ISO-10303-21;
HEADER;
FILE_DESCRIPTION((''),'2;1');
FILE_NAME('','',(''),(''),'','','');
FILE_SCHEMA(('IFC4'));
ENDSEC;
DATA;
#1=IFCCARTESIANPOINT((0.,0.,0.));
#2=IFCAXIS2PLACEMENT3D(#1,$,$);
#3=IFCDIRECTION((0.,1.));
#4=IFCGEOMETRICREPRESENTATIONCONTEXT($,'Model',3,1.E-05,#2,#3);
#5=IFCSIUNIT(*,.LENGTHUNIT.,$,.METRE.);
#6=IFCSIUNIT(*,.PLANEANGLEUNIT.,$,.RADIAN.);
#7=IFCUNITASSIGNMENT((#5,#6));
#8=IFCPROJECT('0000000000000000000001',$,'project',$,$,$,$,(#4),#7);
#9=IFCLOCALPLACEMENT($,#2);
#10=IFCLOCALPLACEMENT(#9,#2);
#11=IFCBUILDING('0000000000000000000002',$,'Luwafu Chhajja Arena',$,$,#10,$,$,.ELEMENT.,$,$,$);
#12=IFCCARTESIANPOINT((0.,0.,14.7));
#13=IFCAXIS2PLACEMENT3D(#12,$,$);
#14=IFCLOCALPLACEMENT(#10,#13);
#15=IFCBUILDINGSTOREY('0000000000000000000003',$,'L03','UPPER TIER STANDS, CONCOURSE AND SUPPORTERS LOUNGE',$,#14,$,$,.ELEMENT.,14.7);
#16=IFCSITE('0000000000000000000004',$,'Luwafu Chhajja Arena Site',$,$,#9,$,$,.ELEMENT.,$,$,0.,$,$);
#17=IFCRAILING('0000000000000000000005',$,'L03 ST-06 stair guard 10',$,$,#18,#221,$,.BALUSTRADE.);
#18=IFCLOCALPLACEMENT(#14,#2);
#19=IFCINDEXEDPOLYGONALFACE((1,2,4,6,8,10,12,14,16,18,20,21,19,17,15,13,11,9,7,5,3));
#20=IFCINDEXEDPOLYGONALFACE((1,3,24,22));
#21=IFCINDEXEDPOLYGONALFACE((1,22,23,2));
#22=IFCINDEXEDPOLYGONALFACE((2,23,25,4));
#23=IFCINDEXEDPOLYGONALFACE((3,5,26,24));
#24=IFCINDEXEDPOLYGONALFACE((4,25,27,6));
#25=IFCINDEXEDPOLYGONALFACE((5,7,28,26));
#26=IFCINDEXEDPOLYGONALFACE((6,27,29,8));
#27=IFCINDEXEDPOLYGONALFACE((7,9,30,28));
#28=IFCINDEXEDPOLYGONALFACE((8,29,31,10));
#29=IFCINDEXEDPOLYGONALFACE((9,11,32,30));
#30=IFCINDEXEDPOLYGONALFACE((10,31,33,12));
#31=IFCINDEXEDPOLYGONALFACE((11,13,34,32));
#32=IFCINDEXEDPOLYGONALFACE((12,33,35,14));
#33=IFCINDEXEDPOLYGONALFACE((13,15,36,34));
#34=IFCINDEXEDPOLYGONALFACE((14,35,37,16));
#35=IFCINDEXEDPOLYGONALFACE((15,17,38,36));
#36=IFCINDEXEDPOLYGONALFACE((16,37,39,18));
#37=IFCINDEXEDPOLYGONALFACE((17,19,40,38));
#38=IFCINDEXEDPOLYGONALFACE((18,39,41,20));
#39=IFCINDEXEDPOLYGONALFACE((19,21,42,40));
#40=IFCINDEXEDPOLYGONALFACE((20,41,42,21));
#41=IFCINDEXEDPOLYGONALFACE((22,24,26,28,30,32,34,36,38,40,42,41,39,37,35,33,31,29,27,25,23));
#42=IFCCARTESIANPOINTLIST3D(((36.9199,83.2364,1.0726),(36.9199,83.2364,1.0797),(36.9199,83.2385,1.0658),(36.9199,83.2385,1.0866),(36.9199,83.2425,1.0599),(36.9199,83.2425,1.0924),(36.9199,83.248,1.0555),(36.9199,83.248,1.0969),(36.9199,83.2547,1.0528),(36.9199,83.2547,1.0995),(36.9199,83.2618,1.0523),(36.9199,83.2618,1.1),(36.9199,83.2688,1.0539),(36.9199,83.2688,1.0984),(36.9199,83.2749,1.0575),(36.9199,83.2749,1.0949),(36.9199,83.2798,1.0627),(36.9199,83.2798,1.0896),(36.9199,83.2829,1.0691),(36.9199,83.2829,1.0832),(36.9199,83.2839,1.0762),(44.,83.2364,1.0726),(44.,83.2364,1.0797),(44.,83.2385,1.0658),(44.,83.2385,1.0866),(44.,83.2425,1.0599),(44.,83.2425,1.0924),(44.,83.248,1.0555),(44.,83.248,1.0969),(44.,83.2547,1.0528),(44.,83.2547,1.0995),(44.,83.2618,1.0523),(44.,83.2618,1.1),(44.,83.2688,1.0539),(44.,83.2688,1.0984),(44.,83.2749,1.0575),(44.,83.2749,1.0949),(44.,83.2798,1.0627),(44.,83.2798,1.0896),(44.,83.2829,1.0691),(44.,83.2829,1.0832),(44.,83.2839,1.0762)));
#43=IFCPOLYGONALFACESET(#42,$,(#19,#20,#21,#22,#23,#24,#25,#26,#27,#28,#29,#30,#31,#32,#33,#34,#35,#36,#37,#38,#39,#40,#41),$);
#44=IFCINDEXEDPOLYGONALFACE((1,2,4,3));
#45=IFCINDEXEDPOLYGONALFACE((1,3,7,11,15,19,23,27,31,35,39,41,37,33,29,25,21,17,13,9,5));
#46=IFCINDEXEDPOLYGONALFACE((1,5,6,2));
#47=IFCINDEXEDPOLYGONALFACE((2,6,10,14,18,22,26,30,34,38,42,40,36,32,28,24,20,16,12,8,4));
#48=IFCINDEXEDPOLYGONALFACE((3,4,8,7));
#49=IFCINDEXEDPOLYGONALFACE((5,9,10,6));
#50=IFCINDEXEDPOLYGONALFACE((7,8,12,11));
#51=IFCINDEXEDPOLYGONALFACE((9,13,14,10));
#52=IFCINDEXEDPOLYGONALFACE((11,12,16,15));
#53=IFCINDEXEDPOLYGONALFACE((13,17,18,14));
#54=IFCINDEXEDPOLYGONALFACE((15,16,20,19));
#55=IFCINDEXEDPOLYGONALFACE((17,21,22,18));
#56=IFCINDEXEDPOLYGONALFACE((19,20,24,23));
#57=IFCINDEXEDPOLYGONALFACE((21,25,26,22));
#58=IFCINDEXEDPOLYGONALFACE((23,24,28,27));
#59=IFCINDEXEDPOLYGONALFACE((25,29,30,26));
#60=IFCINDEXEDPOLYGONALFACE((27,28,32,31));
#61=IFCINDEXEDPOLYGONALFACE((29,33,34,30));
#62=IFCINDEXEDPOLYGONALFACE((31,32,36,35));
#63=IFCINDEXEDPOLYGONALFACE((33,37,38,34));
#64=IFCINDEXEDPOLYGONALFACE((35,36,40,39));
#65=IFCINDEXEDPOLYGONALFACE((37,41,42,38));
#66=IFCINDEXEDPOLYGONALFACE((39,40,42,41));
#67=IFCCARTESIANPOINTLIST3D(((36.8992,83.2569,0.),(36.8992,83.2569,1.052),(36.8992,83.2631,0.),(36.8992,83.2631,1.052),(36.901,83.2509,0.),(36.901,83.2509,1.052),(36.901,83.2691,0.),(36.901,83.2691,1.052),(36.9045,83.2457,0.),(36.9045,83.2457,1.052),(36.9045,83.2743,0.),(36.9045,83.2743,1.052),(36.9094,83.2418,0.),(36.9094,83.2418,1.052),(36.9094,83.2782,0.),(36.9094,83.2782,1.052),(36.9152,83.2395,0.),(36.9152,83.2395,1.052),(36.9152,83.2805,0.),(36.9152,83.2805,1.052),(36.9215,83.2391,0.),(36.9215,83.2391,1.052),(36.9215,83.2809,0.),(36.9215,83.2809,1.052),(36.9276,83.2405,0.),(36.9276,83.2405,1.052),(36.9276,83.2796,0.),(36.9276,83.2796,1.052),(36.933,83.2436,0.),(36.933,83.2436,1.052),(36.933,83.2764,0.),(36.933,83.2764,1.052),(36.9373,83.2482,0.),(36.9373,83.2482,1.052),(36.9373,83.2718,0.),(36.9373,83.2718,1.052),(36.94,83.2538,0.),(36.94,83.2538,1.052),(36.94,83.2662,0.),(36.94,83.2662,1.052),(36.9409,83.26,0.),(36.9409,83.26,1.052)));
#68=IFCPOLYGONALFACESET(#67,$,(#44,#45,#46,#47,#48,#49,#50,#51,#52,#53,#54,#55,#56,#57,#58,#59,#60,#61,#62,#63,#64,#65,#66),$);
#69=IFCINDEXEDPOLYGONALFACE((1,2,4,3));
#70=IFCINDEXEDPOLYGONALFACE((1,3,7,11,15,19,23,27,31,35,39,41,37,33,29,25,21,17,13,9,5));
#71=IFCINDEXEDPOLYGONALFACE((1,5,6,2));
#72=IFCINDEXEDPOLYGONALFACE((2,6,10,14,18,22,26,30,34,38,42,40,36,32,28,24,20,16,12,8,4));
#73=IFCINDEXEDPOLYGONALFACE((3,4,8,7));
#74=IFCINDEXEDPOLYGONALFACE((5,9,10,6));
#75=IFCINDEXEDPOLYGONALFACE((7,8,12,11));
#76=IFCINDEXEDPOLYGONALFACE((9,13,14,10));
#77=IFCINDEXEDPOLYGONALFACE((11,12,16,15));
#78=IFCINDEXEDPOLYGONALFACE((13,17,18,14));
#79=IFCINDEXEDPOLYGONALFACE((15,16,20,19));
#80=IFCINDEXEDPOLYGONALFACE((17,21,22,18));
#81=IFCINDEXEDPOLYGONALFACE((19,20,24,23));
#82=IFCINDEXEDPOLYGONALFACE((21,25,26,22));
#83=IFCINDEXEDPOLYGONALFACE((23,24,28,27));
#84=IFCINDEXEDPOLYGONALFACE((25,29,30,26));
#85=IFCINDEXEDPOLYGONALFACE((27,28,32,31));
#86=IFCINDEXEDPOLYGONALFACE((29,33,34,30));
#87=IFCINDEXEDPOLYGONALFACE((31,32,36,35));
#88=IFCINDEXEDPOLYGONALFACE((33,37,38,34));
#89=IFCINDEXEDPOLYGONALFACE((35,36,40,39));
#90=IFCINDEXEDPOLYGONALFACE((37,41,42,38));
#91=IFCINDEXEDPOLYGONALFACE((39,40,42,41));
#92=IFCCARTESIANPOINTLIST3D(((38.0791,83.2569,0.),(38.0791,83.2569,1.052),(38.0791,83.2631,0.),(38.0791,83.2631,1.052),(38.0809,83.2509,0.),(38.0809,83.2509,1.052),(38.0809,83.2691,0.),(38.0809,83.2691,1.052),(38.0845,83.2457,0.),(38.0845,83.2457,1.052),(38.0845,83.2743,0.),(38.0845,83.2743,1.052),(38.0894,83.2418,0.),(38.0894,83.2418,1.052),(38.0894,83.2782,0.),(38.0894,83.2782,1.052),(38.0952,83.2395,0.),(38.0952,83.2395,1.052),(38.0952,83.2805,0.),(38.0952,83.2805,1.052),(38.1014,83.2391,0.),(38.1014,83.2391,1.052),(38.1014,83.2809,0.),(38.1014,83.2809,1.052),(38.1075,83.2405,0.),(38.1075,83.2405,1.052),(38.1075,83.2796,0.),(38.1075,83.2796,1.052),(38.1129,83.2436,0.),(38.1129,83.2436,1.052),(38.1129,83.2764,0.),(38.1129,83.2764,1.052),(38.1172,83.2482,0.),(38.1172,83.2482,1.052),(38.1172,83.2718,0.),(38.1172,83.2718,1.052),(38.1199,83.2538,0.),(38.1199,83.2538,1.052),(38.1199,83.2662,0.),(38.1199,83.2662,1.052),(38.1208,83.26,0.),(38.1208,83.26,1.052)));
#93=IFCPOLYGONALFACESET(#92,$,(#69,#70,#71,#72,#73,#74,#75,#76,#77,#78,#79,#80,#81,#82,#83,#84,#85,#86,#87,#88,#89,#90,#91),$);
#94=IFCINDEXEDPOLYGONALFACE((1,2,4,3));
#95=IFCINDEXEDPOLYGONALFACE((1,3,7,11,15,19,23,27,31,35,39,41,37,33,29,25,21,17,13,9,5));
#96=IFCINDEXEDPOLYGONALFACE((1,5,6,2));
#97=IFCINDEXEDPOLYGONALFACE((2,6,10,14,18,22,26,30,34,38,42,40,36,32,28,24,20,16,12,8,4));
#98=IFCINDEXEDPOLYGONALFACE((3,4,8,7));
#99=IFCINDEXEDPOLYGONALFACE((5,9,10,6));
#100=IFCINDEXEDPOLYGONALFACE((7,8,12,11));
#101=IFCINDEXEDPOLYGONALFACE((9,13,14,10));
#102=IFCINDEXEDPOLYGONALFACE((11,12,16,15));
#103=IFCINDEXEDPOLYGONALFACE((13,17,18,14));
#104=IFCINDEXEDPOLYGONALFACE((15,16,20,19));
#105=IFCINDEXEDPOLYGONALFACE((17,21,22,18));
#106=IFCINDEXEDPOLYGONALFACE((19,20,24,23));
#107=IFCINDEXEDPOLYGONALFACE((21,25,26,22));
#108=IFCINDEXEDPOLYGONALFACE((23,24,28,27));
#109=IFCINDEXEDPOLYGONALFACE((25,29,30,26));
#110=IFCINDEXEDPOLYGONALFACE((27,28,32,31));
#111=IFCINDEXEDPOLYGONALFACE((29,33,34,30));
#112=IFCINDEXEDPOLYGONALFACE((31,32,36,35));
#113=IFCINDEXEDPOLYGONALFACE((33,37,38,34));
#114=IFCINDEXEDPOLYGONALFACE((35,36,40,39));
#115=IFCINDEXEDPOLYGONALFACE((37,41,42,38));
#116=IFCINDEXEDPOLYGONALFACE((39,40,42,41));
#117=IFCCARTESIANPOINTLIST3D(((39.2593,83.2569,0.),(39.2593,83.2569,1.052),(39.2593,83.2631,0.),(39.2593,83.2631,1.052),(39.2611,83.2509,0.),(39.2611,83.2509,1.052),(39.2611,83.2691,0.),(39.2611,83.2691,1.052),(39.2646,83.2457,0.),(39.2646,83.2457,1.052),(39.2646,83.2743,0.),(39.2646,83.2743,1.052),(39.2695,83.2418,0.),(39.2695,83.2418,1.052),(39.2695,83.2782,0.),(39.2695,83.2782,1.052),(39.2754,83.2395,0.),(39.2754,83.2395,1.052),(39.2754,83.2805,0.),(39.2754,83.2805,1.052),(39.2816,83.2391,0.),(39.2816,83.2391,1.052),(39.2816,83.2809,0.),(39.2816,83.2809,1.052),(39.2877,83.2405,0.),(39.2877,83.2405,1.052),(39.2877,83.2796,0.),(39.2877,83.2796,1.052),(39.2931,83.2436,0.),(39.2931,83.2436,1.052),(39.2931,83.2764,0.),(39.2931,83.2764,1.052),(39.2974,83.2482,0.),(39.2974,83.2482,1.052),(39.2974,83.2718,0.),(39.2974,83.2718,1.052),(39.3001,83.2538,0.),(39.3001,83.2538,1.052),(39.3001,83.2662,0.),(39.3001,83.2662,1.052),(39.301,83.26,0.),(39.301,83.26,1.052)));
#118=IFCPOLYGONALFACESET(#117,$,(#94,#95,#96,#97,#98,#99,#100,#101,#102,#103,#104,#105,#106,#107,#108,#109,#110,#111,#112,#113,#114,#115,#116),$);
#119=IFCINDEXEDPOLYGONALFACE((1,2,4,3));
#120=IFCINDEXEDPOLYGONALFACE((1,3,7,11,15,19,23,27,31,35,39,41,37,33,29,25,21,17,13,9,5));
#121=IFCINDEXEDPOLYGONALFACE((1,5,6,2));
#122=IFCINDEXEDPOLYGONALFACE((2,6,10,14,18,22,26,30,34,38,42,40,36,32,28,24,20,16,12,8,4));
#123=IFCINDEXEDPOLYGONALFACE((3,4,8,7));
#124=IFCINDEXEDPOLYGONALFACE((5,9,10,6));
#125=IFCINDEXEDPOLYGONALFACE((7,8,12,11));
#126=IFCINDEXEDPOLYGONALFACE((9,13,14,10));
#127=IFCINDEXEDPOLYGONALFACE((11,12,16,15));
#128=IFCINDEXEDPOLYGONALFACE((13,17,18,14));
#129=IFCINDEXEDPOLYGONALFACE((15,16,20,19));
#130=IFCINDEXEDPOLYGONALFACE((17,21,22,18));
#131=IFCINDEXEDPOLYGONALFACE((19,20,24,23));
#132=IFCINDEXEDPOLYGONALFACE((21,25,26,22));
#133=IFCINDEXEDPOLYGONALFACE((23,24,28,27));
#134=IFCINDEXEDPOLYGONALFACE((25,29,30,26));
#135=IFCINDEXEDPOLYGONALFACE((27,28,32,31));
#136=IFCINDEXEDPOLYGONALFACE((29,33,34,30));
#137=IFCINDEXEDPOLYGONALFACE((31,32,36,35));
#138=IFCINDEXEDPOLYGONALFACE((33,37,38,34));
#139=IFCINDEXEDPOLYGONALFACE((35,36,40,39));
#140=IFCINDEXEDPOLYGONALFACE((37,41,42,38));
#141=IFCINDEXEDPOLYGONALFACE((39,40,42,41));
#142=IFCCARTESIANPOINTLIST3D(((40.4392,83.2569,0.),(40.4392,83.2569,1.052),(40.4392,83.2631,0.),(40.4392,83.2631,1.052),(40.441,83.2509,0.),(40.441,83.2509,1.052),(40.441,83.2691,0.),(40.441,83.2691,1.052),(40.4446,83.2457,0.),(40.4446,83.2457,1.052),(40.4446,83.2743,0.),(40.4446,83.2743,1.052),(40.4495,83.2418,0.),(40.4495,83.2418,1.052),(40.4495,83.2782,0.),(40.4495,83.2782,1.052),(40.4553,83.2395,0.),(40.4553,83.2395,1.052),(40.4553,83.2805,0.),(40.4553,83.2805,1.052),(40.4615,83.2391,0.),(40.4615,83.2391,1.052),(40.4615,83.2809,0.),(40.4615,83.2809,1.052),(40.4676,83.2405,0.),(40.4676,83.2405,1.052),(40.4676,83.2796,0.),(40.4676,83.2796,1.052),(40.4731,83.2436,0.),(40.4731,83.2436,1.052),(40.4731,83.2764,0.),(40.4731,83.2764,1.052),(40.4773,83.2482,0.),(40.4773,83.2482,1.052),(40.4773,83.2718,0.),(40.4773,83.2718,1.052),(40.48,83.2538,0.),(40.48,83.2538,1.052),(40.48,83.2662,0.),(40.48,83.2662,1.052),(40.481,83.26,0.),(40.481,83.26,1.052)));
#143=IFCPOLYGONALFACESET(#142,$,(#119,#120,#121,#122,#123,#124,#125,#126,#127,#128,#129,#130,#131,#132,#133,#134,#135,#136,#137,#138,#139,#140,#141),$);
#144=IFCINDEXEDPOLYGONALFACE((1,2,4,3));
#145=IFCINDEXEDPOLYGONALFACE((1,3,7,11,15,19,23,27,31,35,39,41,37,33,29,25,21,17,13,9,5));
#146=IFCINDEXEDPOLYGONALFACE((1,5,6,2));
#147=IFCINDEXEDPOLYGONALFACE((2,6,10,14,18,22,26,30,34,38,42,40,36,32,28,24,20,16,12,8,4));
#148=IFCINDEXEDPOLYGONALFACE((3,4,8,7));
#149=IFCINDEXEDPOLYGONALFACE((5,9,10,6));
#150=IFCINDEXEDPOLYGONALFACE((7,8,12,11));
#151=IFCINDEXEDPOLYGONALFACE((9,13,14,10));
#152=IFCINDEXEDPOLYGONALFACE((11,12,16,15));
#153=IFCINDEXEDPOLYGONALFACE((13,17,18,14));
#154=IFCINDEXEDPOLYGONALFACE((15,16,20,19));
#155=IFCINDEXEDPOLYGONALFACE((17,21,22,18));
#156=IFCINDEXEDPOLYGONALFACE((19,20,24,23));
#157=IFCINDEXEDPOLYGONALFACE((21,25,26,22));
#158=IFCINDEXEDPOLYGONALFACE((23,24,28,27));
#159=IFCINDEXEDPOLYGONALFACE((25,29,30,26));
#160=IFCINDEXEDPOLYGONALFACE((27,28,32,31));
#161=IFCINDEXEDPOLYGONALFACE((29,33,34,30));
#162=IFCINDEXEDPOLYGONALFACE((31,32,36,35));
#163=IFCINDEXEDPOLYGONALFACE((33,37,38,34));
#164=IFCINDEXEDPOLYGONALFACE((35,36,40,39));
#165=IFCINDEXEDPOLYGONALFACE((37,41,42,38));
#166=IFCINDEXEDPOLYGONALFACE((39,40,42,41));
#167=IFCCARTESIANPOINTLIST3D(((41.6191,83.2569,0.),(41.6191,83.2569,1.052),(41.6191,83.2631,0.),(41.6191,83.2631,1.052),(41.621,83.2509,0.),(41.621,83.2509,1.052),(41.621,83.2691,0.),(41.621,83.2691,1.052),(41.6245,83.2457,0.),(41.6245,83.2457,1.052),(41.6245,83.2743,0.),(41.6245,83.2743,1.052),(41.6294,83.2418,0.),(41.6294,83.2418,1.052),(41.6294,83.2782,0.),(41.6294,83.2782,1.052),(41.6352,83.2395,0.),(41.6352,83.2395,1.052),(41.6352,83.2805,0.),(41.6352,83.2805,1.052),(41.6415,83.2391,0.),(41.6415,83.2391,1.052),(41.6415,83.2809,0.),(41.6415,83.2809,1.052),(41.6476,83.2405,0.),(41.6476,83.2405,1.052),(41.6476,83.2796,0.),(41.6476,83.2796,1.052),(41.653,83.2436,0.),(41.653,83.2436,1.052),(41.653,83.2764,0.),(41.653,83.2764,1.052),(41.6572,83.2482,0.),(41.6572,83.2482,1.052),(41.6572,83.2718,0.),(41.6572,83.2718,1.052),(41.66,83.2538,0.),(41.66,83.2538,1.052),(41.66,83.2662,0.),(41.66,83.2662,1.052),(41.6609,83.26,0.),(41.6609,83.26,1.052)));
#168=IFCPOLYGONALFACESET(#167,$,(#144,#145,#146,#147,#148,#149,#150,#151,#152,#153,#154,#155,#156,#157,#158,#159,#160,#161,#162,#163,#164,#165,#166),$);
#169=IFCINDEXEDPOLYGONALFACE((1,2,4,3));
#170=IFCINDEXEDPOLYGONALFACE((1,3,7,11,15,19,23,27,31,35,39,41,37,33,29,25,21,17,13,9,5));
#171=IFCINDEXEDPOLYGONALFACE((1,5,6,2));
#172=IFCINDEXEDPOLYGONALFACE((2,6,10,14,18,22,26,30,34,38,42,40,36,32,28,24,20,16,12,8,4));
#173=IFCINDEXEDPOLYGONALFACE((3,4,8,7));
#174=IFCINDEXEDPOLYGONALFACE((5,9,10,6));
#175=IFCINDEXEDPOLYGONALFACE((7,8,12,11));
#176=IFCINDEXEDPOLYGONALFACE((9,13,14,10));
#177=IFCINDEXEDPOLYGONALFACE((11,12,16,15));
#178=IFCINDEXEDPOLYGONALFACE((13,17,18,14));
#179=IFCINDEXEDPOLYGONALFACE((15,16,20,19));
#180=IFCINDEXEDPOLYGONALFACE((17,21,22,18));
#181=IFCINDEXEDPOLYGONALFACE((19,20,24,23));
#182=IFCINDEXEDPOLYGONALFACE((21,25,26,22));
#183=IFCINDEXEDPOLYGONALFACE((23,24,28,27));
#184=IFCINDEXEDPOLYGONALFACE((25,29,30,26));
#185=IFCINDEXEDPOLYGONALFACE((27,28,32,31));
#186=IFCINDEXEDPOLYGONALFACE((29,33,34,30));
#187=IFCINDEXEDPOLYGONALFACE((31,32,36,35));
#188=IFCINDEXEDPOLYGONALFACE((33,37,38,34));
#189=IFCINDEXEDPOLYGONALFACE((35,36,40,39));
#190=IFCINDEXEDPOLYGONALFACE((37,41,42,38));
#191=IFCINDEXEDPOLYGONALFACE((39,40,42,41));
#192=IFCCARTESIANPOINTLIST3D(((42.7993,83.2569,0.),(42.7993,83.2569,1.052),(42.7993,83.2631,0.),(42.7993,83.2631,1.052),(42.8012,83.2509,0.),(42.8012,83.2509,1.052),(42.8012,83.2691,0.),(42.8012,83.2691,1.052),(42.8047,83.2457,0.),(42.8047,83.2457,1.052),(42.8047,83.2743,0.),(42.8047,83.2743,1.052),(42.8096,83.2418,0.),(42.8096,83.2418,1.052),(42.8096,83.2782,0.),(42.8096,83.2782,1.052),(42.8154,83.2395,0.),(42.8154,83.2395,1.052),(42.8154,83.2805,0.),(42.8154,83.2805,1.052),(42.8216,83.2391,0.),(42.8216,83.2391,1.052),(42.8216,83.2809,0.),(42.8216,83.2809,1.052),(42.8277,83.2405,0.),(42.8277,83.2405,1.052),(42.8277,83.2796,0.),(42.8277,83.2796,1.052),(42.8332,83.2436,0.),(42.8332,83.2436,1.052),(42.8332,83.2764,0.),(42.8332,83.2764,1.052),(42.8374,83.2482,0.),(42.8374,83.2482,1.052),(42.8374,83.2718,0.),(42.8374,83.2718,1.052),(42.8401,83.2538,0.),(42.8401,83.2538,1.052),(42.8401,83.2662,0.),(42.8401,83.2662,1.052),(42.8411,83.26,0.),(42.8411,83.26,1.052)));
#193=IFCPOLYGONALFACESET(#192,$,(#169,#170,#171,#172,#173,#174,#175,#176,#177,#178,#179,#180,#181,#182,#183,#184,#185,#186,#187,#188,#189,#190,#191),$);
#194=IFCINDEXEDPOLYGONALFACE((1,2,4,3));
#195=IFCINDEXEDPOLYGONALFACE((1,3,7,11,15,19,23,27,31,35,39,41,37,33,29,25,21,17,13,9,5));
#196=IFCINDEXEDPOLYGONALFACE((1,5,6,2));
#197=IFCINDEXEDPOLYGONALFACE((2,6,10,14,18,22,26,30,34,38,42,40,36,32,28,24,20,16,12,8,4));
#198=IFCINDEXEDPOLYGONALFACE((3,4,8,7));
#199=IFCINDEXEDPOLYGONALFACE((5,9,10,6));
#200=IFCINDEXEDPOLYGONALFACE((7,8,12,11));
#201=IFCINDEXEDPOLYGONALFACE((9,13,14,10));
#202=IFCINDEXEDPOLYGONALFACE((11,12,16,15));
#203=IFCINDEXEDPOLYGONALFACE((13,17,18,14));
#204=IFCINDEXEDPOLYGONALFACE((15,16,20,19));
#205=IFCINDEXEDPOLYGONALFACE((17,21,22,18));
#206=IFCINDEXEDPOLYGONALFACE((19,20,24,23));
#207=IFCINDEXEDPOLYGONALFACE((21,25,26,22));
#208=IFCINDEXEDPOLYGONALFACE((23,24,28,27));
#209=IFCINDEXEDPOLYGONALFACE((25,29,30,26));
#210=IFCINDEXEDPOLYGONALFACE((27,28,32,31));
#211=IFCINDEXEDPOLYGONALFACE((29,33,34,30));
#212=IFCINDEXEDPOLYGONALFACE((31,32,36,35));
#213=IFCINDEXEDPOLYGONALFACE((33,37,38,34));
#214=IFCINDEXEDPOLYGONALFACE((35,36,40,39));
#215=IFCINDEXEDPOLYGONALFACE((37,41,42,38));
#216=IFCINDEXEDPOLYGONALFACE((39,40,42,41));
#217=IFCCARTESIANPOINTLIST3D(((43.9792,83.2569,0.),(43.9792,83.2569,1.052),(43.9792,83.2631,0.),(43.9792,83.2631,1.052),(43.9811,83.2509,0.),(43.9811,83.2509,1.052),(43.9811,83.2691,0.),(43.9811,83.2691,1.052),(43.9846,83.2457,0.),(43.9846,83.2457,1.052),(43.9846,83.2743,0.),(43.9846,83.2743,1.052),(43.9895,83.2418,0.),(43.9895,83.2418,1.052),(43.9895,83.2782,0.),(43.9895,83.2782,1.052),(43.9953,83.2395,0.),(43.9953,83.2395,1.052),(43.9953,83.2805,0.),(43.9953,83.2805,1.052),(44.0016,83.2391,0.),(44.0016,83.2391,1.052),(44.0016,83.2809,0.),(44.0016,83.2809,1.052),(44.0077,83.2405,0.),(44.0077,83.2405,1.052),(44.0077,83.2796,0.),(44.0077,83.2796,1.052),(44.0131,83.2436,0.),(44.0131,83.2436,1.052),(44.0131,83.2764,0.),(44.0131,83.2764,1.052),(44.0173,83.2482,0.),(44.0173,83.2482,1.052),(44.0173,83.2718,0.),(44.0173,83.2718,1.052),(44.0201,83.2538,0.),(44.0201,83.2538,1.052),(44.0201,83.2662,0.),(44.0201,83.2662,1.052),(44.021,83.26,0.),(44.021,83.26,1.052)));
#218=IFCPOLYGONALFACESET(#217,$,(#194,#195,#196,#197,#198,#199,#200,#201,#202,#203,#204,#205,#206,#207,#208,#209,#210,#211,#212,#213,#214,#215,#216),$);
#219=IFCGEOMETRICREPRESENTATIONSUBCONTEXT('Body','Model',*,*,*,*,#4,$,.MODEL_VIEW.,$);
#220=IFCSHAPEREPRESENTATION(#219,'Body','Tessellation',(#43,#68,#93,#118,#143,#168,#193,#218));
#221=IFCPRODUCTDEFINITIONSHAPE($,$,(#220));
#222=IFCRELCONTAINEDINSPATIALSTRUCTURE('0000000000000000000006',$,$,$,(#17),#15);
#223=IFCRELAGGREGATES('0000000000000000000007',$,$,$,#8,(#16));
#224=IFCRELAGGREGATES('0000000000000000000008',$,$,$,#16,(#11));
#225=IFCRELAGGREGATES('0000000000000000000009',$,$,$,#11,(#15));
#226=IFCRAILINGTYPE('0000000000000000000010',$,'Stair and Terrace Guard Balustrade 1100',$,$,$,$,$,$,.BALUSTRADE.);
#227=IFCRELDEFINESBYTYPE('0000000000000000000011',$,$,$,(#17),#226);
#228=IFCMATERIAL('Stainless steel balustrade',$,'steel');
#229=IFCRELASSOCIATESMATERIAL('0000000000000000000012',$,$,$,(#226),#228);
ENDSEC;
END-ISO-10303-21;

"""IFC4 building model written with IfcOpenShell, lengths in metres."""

from ifc_helpers import new_model, si_unit, direction, frame, origin, origin_2d, place, context, subcontext, project, spatial, circle, extrude, material, type_object, element, save


model = new_model("IFC4")

# Units and contexts
model_context = context("Model", 3, precision=1e-05, world=origin(), true_north=direction((0.0, 1.0)))
body_context = subcontext(model_context, "Body", "Model", "MODEL_VIEW")
ifc_project = project(units=[si_unit("LENGTHUNIT", "METRE"), si_unit("PLANEANGLEUNIT", "RADIAN")], contexts=[model_context])

# Site, building, storey
site_placement = place(None, origin())
site = spatial("IfcSite", under=ifc_project, at=site_placement, Name="Luwafu Chhajja Arena Site", CompositionType="ELEMENT", RefElevation=0.0)
building_placement = place(site_placement, origin())
building = spatial("IfcBuilding", under=site, at=building_placement, Name="Luwafu Chhajja Arena", CompositionType="ELEMENT")
storey_placement = place(building_placement, frame((0.0, 0.0, 14.7)))
storey = spatial("IfcBuildingStorey", under=building, at=storey_placement, Name="L03", Description="UPPER TIER STANDS, CONCOURSE AND SUPPORTERS LOUNGE", CompositionType="ELEMENT", Elevation=14.7)

# Railing
ifc_material_1 = material(Name="Stainless steel balustrade", Category="steel")
railing_type_1 = type_object("IfcRailingType", Name="Stair and Terrace Guard Balustrade 1100", PredefinedType="BALUSTRADE", material=ifc_material_1)
railing_1_placement = place(storey_placement, frame((36.9199, 83.26, 0.0)))
element("IfcRailing", 1, at=railing_1_placement, inside=storey, type_object=railing_type_1, Name="L03 ST-06 stair guard 10", PredefinedType="BALUSTRADE", context=body_context, shape_type="SweptSolid", body=[
    extrude(circle(Radius=0.0239, at=origin_2d()), frame((0.0, 0.0, 1.0762), z_axis=(1.0, 0.0, 0.0), x_axis=(0.0, 1.0, 0.0)), (0.0, 0.0, 1.0), 7.0801),
    extrude(circle(Radius=0.021, at=origin_2d()), origin(), (0.0, 0.0, 1.0), 1.052),
    extrude(circle(Radius=0.021, at=origin_2d()), frame((1.1799, 0.0, 0.0)), (0.0, 0.0, 1.0), 1.052),
    extrude(circle(Radius=0.021, at=origin_2d()), frame((2.3601, 0.0, 0.0)), (0.0, 0.0, 1.0), 1.052),
    extrude(circle(Radius=0.021, at=origin_2d()), frame((3.54, 0.0, 0.0)), (0.0, 0.0, 1.0), 1.052),
    extrude(circle(Radius=0.021, at=origin_2d()), frame((4.72, 0.0, 0.0)), (0.0, 0.0, 1.0), 1.052),
    extrude(circle(Radius=0.021, at=origin_2d()), frame((5.9001, 0.0, 0.0)), (0.0, 0.0, 1.0), 1.052),
    extrude(circle(Radius=0.021, at=origin_2d()), frame((7.0801, 0.0, 0.0)), (0.0, 0.0, 1.0), 1.052),
])

save(model, "model.ifc")
